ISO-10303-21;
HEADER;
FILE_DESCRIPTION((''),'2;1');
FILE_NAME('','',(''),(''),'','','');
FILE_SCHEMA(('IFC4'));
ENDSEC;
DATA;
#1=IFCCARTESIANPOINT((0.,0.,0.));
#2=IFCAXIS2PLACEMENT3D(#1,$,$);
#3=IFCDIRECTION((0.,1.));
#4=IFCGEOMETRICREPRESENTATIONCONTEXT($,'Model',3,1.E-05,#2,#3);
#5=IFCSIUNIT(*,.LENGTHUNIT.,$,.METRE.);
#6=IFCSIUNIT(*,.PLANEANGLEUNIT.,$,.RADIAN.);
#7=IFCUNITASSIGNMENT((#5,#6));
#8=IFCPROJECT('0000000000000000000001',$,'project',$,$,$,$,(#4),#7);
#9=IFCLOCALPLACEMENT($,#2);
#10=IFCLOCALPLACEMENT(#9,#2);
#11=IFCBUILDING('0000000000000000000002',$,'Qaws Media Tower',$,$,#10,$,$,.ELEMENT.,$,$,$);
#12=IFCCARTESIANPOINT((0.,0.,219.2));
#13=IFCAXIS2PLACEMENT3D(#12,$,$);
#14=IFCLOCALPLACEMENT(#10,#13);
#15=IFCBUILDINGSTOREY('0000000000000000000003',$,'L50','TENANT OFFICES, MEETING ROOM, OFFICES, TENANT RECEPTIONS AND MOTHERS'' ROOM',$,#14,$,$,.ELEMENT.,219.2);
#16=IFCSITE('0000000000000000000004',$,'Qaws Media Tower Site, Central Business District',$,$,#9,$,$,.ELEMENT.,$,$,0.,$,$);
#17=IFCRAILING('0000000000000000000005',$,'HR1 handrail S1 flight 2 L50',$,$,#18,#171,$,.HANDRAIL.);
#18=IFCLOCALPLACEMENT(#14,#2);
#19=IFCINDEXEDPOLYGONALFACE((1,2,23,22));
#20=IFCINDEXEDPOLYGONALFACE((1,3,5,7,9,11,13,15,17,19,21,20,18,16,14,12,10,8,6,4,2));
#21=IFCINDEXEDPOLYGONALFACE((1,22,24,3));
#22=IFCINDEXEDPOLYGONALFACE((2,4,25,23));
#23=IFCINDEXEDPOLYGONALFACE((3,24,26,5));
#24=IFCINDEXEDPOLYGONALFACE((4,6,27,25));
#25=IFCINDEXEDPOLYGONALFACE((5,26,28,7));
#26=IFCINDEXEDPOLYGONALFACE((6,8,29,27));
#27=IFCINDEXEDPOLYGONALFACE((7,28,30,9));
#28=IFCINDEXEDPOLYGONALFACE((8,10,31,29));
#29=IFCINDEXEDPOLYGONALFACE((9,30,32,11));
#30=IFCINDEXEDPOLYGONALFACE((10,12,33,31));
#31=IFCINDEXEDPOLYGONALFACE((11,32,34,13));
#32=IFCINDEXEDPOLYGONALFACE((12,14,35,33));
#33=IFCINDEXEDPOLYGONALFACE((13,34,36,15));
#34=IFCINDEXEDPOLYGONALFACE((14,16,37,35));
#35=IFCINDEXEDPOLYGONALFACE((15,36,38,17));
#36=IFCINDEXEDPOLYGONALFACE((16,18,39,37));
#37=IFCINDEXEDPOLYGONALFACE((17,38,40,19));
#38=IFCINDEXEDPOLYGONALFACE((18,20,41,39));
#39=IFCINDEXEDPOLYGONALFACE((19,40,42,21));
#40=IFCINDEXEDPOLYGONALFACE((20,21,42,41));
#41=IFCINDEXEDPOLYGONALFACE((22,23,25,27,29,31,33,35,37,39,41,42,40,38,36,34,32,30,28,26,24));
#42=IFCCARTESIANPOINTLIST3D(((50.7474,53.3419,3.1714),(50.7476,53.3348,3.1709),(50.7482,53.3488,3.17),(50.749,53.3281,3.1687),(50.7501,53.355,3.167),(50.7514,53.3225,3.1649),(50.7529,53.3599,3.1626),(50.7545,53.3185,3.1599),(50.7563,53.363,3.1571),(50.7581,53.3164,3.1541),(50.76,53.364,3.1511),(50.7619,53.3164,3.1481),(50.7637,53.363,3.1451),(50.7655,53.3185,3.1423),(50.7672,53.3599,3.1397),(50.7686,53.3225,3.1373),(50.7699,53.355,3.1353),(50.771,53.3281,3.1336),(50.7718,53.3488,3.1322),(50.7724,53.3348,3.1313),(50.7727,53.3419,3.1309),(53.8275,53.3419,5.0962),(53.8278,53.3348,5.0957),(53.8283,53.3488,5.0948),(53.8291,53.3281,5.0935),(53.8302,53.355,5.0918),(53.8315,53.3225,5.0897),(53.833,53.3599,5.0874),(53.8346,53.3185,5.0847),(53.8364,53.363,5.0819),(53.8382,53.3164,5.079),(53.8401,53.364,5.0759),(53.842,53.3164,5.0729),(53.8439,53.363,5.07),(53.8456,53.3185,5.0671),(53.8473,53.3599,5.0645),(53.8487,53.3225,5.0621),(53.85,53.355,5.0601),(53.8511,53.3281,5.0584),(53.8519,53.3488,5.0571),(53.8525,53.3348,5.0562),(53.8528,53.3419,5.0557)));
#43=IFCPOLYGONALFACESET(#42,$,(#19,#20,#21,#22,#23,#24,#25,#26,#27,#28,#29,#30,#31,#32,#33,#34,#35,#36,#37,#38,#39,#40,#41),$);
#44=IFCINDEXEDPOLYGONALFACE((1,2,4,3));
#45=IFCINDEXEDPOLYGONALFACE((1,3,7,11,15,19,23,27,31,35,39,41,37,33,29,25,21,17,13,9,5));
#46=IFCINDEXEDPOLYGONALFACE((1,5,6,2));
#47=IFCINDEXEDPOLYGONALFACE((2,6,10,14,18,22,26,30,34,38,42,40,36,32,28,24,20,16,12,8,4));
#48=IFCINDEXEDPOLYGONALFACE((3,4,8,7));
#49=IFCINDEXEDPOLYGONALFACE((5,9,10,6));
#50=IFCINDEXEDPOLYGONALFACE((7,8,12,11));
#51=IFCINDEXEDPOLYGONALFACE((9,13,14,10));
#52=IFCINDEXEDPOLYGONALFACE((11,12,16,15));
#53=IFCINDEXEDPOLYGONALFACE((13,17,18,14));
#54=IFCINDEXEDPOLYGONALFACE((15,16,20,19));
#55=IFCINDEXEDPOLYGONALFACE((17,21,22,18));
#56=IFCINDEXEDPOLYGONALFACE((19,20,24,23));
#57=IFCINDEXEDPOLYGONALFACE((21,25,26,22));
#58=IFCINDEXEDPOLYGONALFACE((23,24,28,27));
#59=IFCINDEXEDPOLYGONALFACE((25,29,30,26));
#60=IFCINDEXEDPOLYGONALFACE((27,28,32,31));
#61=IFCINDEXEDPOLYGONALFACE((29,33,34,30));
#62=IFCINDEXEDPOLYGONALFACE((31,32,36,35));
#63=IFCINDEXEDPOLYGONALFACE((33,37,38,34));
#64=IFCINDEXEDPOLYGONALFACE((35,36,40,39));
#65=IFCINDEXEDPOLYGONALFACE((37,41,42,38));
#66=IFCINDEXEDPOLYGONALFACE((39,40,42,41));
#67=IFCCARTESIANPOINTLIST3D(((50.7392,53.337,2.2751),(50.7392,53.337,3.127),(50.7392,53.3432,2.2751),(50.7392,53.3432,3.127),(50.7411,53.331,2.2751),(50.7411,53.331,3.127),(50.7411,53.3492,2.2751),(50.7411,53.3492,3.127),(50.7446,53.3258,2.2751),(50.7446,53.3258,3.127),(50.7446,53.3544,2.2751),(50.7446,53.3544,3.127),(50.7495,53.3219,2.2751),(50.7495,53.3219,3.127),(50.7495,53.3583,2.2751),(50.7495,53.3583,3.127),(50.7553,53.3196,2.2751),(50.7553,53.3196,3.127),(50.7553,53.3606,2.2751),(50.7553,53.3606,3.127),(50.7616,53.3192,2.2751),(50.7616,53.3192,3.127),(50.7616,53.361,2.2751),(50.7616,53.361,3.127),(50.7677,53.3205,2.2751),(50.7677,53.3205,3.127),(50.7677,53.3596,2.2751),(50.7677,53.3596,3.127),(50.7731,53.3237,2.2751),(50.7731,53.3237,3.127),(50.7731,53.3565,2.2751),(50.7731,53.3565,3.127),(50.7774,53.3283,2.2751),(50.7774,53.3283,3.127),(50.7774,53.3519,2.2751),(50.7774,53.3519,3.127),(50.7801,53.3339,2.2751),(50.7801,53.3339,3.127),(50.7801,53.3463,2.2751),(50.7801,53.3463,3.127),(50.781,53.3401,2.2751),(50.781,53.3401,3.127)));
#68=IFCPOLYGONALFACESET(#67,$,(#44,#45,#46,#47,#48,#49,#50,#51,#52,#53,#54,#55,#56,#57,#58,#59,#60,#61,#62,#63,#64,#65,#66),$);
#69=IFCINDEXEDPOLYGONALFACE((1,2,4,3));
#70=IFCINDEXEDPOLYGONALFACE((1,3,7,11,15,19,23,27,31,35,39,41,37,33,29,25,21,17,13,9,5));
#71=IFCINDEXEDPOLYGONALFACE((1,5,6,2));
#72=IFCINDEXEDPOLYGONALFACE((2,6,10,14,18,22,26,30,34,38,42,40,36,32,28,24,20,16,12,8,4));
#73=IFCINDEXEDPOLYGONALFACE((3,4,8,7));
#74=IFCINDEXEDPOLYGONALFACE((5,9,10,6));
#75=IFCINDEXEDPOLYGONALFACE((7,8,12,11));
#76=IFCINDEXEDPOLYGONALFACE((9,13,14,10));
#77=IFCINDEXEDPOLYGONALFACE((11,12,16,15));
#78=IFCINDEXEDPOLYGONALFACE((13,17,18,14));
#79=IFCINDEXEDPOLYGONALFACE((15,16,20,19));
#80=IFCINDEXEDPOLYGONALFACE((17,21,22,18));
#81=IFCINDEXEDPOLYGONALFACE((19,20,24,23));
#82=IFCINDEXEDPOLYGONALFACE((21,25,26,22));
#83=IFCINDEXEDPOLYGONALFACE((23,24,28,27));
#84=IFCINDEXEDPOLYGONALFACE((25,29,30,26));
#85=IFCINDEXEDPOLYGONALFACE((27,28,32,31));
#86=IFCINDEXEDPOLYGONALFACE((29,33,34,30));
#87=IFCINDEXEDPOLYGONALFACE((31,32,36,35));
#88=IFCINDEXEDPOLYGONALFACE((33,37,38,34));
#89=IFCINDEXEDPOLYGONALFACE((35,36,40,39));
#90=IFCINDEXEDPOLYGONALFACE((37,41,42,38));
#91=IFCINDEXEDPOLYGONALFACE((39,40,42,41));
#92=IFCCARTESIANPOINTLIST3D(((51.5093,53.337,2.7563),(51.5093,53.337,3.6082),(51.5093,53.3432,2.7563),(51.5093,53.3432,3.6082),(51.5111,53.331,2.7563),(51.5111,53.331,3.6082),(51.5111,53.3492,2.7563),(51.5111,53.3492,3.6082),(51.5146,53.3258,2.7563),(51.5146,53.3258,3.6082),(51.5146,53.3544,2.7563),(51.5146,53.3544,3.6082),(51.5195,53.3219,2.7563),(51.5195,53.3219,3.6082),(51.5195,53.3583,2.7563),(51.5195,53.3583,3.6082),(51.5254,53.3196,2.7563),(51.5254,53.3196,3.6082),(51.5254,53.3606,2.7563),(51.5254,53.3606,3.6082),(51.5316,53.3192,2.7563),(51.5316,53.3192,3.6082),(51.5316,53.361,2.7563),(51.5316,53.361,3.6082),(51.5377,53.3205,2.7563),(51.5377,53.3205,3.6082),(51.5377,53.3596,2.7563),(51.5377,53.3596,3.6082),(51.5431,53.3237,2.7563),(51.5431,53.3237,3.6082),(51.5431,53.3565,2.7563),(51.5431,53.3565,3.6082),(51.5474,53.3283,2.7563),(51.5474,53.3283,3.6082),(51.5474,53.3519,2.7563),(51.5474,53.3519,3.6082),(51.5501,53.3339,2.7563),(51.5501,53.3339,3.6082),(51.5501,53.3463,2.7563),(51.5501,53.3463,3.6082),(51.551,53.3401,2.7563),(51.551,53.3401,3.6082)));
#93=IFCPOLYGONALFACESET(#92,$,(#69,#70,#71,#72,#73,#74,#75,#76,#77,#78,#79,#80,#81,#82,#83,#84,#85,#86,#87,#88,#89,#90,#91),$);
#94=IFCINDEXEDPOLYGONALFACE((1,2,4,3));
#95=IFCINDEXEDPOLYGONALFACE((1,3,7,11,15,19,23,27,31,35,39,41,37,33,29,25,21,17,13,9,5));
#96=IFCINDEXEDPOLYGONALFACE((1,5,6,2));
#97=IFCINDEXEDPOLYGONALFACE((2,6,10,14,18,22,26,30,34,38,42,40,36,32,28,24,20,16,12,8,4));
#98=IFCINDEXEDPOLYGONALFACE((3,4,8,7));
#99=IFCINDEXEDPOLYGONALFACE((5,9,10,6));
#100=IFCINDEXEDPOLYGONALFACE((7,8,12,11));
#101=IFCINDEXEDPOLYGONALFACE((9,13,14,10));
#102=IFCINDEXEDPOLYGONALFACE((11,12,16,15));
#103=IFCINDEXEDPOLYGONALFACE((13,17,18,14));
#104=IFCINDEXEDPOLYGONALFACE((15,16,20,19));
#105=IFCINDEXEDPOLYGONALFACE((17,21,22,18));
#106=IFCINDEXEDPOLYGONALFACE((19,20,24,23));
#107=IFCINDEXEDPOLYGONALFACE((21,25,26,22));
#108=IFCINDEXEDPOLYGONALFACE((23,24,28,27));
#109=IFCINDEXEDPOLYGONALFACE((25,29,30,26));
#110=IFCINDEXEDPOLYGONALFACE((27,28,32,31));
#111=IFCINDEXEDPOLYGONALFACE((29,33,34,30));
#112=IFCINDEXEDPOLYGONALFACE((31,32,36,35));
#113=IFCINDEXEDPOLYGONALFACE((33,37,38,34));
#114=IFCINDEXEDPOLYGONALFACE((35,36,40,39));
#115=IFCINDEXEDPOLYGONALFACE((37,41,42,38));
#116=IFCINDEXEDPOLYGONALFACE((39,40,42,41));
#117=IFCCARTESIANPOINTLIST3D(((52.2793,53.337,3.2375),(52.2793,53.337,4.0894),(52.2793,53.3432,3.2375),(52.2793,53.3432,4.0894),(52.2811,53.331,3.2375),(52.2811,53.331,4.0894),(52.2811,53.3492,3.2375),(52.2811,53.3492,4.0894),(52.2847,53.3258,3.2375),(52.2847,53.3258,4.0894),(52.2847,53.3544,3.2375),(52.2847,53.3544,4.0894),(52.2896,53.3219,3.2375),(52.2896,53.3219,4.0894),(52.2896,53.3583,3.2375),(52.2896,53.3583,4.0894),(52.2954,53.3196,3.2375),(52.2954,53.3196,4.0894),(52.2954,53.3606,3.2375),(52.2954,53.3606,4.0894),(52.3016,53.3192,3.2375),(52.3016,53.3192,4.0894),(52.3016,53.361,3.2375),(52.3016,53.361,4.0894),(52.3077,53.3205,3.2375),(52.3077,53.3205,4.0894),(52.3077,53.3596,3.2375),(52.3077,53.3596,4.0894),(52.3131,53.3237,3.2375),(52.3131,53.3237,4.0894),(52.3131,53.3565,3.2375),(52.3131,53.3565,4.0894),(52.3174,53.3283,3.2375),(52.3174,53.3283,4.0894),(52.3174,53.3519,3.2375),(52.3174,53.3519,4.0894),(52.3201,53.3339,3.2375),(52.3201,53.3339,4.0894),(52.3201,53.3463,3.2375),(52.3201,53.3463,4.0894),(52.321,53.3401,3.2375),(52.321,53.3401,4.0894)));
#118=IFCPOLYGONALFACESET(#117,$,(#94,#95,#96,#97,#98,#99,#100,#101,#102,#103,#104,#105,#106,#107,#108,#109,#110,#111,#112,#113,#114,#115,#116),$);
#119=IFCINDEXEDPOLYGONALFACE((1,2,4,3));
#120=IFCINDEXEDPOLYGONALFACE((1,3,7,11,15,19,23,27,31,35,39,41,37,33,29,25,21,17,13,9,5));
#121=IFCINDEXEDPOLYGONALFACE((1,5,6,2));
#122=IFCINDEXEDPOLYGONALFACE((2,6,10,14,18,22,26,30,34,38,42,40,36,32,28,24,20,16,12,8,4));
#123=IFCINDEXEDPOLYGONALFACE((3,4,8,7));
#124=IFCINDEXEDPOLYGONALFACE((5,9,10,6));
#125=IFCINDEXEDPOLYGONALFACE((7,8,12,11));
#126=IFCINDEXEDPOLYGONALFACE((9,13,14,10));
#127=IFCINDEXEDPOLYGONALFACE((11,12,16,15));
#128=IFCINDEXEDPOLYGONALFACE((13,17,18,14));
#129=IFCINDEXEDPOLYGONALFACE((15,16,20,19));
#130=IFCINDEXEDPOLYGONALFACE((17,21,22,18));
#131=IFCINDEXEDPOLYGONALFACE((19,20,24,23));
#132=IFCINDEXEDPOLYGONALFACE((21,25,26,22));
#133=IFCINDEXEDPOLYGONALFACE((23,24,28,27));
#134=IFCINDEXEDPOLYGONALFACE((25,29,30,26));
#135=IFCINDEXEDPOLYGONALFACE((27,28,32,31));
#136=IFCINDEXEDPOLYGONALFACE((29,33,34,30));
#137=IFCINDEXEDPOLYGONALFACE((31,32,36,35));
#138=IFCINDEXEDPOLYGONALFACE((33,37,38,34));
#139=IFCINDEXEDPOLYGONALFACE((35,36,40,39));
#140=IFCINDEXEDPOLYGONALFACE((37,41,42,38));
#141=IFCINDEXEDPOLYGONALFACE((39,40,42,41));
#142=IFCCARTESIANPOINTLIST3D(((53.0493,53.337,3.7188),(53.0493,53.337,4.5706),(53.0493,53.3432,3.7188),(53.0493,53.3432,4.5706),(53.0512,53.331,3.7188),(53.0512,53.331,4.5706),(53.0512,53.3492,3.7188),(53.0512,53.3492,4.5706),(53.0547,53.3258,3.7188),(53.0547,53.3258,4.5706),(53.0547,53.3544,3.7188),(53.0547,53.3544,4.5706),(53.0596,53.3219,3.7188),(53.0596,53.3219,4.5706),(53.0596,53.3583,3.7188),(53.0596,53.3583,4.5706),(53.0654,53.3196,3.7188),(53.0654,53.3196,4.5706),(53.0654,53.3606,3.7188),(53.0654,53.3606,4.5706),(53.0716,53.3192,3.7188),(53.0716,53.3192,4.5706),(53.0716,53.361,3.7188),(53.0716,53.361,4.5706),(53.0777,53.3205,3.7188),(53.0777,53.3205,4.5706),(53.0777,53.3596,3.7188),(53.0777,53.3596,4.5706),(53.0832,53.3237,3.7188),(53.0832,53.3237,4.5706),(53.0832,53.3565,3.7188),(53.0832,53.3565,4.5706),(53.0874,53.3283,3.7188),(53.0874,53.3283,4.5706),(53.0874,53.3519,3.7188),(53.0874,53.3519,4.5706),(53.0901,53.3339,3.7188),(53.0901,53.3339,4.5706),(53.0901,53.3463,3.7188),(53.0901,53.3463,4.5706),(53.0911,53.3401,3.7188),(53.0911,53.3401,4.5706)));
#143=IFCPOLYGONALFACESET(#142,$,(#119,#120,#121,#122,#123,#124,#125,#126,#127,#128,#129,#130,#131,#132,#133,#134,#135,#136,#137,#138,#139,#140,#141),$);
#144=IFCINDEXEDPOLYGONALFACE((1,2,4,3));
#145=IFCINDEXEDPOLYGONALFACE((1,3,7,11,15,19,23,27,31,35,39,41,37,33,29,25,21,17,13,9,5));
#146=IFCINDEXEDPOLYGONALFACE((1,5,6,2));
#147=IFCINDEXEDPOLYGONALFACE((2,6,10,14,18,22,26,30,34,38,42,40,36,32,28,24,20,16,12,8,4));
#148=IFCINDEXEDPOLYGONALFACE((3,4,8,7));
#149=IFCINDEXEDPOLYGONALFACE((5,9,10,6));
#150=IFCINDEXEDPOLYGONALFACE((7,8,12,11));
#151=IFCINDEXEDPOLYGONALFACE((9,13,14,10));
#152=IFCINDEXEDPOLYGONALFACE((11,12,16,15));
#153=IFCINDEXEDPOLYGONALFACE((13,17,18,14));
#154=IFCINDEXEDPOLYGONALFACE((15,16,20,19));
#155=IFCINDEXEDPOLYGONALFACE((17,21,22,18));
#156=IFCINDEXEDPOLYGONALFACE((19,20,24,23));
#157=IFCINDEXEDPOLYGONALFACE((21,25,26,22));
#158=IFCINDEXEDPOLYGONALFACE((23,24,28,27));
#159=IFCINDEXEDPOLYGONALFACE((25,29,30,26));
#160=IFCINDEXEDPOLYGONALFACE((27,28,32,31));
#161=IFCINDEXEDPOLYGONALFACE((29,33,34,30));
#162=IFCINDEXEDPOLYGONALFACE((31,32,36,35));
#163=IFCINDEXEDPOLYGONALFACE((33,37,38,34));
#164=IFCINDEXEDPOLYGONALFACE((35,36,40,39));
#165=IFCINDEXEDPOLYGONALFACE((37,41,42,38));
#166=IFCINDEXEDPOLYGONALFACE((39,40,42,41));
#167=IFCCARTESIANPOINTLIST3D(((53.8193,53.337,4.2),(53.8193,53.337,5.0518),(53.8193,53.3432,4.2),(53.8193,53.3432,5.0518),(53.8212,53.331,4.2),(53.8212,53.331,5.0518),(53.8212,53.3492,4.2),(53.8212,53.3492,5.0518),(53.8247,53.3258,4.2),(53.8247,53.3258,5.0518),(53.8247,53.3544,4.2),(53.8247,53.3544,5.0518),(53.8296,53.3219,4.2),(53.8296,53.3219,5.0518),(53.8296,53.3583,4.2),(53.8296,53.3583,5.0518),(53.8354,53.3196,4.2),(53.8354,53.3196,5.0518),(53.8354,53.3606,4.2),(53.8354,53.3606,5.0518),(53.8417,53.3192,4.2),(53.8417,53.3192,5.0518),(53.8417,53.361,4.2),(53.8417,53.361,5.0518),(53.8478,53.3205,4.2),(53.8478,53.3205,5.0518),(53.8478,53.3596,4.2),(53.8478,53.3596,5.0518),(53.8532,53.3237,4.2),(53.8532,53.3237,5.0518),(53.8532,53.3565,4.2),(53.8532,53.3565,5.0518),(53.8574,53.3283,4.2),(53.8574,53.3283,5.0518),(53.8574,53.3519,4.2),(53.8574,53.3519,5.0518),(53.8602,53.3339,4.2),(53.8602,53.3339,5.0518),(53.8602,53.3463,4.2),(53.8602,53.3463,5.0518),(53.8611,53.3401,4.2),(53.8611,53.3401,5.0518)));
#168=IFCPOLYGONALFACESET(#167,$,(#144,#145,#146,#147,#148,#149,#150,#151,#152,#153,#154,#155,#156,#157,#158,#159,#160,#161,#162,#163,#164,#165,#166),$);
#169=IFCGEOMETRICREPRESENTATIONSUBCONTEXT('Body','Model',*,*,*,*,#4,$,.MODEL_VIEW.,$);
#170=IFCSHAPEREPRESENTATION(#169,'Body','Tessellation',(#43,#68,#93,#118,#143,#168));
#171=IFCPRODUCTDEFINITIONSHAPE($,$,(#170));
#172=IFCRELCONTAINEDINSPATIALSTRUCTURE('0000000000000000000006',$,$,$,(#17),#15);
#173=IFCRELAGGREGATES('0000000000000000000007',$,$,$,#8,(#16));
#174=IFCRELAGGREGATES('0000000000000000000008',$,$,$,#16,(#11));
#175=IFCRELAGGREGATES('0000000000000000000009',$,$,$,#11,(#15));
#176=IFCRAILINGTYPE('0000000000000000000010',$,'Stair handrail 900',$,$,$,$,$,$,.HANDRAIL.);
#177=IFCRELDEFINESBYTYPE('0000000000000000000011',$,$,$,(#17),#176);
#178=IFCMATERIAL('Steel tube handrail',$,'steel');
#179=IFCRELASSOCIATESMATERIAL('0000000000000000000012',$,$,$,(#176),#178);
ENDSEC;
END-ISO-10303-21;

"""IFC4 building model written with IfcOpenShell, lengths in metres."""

from ifc_helpers import new_model, si_unit, direction, frame, origin, origin_2d, place, context, subcontext, project, spatial, circle, extrude, material, type_object, element, save


model = new_model("IFC4")

# Units and contexts
model_context = context("Model", 3, precision=1e-05, world=origin(), true_north=direction((0.0, 1.0)))
body_context = subcontext(model_context, "Body", "Model", "MODEL_VIEW")
ifc_project = project(units=[si_unit("LENGTHUNIT", "METRE"), si_unit("PLANEANGLEUNIT", "RADIAN")], contexts=[model_context])

# Site, building, storey
site_placement = place(None, origin())
site = spatial("IfcSite", under=ifc_project, at=site_placement, Name="Qaws Media Tower Site, Central Business District", CompositionType="ELEMENT", RefElevation=0.0)
building_placement = place(site_placement, origin())
building = spatial("IfcBuilding", under=site, at=building_placement, Name="Qaws Media Tower", CompositionType="ELEMENT")
storey_placement = place(building_placement, frame((0.0, 0.0, 219.2)))
storey = spatial("IfcBuildingStorey", under=building, at=storey_placement, Name="L50", Description="TENANT OFFICES, MEETING ROOM, OFFICES, TENANT RECEPTIONS AND MOTHERS' ROOM", CompositionType="ELEMENT", Elevation=219.2)

# Railing
ifc_material_1 = material(Name="Steel tube handrail", Category="steel")
railing_type = type_object("IfcRailingType", Name="Stair handrail 900", PredefinedType="HANDRAIL", material=ifc_material_1)
for number, where, name in (
    (1, (50.76, 53.3401, 2.2751), "HR1 handrail S1 flight 2 L50"),
):
    element("IfcRailing", number, at=place(storey_placement, frame(where)), inside=storey, type_object=railing_type, Name=name, PredefinedType="HANDRAIL", context=body_context, shape_type="SweptSolid", body=[
        extrude(circle(Radius=0.0239, at=origin_2d()), frame((0.0, 0.0, 0.876), z_axis=(0.848029, 0.0, 0.529951), x_axis=(0.0, 1.0, 0.0)), (0.0, 0.0, 1.0), 3.6321),
        extrude(circle(Radius=0.021, at=origin_2d()), origin(), (0.0, 0.0, 1.0), 0.8518),
        extrude(circle(Radius=0.021, at=origin_2d()), frame((0.77, 0.0, 0.4812)), (0.0, 0.0, 1.0), 0.8518),
        extrude(circle(Radius=0.021, at=origin_2d()), frame((1.54, 0.0, 0.9624)), (0.0, 0.0, 1.0), 0.8518),
        extrude(circle(Radius=0.021, at=origin_2d()), frame((2.3101, 0.0, 1.4436)), (0.0, 0.0, 1.0), 0.8518),
        extrude(circle(Radius=0.021, at=origin_2d()), frame((3.0801, 0.0, 1.9248)), (0.0, 0.0, 1.0), 0.8518),
    ])

save(model, "model.ifc")
